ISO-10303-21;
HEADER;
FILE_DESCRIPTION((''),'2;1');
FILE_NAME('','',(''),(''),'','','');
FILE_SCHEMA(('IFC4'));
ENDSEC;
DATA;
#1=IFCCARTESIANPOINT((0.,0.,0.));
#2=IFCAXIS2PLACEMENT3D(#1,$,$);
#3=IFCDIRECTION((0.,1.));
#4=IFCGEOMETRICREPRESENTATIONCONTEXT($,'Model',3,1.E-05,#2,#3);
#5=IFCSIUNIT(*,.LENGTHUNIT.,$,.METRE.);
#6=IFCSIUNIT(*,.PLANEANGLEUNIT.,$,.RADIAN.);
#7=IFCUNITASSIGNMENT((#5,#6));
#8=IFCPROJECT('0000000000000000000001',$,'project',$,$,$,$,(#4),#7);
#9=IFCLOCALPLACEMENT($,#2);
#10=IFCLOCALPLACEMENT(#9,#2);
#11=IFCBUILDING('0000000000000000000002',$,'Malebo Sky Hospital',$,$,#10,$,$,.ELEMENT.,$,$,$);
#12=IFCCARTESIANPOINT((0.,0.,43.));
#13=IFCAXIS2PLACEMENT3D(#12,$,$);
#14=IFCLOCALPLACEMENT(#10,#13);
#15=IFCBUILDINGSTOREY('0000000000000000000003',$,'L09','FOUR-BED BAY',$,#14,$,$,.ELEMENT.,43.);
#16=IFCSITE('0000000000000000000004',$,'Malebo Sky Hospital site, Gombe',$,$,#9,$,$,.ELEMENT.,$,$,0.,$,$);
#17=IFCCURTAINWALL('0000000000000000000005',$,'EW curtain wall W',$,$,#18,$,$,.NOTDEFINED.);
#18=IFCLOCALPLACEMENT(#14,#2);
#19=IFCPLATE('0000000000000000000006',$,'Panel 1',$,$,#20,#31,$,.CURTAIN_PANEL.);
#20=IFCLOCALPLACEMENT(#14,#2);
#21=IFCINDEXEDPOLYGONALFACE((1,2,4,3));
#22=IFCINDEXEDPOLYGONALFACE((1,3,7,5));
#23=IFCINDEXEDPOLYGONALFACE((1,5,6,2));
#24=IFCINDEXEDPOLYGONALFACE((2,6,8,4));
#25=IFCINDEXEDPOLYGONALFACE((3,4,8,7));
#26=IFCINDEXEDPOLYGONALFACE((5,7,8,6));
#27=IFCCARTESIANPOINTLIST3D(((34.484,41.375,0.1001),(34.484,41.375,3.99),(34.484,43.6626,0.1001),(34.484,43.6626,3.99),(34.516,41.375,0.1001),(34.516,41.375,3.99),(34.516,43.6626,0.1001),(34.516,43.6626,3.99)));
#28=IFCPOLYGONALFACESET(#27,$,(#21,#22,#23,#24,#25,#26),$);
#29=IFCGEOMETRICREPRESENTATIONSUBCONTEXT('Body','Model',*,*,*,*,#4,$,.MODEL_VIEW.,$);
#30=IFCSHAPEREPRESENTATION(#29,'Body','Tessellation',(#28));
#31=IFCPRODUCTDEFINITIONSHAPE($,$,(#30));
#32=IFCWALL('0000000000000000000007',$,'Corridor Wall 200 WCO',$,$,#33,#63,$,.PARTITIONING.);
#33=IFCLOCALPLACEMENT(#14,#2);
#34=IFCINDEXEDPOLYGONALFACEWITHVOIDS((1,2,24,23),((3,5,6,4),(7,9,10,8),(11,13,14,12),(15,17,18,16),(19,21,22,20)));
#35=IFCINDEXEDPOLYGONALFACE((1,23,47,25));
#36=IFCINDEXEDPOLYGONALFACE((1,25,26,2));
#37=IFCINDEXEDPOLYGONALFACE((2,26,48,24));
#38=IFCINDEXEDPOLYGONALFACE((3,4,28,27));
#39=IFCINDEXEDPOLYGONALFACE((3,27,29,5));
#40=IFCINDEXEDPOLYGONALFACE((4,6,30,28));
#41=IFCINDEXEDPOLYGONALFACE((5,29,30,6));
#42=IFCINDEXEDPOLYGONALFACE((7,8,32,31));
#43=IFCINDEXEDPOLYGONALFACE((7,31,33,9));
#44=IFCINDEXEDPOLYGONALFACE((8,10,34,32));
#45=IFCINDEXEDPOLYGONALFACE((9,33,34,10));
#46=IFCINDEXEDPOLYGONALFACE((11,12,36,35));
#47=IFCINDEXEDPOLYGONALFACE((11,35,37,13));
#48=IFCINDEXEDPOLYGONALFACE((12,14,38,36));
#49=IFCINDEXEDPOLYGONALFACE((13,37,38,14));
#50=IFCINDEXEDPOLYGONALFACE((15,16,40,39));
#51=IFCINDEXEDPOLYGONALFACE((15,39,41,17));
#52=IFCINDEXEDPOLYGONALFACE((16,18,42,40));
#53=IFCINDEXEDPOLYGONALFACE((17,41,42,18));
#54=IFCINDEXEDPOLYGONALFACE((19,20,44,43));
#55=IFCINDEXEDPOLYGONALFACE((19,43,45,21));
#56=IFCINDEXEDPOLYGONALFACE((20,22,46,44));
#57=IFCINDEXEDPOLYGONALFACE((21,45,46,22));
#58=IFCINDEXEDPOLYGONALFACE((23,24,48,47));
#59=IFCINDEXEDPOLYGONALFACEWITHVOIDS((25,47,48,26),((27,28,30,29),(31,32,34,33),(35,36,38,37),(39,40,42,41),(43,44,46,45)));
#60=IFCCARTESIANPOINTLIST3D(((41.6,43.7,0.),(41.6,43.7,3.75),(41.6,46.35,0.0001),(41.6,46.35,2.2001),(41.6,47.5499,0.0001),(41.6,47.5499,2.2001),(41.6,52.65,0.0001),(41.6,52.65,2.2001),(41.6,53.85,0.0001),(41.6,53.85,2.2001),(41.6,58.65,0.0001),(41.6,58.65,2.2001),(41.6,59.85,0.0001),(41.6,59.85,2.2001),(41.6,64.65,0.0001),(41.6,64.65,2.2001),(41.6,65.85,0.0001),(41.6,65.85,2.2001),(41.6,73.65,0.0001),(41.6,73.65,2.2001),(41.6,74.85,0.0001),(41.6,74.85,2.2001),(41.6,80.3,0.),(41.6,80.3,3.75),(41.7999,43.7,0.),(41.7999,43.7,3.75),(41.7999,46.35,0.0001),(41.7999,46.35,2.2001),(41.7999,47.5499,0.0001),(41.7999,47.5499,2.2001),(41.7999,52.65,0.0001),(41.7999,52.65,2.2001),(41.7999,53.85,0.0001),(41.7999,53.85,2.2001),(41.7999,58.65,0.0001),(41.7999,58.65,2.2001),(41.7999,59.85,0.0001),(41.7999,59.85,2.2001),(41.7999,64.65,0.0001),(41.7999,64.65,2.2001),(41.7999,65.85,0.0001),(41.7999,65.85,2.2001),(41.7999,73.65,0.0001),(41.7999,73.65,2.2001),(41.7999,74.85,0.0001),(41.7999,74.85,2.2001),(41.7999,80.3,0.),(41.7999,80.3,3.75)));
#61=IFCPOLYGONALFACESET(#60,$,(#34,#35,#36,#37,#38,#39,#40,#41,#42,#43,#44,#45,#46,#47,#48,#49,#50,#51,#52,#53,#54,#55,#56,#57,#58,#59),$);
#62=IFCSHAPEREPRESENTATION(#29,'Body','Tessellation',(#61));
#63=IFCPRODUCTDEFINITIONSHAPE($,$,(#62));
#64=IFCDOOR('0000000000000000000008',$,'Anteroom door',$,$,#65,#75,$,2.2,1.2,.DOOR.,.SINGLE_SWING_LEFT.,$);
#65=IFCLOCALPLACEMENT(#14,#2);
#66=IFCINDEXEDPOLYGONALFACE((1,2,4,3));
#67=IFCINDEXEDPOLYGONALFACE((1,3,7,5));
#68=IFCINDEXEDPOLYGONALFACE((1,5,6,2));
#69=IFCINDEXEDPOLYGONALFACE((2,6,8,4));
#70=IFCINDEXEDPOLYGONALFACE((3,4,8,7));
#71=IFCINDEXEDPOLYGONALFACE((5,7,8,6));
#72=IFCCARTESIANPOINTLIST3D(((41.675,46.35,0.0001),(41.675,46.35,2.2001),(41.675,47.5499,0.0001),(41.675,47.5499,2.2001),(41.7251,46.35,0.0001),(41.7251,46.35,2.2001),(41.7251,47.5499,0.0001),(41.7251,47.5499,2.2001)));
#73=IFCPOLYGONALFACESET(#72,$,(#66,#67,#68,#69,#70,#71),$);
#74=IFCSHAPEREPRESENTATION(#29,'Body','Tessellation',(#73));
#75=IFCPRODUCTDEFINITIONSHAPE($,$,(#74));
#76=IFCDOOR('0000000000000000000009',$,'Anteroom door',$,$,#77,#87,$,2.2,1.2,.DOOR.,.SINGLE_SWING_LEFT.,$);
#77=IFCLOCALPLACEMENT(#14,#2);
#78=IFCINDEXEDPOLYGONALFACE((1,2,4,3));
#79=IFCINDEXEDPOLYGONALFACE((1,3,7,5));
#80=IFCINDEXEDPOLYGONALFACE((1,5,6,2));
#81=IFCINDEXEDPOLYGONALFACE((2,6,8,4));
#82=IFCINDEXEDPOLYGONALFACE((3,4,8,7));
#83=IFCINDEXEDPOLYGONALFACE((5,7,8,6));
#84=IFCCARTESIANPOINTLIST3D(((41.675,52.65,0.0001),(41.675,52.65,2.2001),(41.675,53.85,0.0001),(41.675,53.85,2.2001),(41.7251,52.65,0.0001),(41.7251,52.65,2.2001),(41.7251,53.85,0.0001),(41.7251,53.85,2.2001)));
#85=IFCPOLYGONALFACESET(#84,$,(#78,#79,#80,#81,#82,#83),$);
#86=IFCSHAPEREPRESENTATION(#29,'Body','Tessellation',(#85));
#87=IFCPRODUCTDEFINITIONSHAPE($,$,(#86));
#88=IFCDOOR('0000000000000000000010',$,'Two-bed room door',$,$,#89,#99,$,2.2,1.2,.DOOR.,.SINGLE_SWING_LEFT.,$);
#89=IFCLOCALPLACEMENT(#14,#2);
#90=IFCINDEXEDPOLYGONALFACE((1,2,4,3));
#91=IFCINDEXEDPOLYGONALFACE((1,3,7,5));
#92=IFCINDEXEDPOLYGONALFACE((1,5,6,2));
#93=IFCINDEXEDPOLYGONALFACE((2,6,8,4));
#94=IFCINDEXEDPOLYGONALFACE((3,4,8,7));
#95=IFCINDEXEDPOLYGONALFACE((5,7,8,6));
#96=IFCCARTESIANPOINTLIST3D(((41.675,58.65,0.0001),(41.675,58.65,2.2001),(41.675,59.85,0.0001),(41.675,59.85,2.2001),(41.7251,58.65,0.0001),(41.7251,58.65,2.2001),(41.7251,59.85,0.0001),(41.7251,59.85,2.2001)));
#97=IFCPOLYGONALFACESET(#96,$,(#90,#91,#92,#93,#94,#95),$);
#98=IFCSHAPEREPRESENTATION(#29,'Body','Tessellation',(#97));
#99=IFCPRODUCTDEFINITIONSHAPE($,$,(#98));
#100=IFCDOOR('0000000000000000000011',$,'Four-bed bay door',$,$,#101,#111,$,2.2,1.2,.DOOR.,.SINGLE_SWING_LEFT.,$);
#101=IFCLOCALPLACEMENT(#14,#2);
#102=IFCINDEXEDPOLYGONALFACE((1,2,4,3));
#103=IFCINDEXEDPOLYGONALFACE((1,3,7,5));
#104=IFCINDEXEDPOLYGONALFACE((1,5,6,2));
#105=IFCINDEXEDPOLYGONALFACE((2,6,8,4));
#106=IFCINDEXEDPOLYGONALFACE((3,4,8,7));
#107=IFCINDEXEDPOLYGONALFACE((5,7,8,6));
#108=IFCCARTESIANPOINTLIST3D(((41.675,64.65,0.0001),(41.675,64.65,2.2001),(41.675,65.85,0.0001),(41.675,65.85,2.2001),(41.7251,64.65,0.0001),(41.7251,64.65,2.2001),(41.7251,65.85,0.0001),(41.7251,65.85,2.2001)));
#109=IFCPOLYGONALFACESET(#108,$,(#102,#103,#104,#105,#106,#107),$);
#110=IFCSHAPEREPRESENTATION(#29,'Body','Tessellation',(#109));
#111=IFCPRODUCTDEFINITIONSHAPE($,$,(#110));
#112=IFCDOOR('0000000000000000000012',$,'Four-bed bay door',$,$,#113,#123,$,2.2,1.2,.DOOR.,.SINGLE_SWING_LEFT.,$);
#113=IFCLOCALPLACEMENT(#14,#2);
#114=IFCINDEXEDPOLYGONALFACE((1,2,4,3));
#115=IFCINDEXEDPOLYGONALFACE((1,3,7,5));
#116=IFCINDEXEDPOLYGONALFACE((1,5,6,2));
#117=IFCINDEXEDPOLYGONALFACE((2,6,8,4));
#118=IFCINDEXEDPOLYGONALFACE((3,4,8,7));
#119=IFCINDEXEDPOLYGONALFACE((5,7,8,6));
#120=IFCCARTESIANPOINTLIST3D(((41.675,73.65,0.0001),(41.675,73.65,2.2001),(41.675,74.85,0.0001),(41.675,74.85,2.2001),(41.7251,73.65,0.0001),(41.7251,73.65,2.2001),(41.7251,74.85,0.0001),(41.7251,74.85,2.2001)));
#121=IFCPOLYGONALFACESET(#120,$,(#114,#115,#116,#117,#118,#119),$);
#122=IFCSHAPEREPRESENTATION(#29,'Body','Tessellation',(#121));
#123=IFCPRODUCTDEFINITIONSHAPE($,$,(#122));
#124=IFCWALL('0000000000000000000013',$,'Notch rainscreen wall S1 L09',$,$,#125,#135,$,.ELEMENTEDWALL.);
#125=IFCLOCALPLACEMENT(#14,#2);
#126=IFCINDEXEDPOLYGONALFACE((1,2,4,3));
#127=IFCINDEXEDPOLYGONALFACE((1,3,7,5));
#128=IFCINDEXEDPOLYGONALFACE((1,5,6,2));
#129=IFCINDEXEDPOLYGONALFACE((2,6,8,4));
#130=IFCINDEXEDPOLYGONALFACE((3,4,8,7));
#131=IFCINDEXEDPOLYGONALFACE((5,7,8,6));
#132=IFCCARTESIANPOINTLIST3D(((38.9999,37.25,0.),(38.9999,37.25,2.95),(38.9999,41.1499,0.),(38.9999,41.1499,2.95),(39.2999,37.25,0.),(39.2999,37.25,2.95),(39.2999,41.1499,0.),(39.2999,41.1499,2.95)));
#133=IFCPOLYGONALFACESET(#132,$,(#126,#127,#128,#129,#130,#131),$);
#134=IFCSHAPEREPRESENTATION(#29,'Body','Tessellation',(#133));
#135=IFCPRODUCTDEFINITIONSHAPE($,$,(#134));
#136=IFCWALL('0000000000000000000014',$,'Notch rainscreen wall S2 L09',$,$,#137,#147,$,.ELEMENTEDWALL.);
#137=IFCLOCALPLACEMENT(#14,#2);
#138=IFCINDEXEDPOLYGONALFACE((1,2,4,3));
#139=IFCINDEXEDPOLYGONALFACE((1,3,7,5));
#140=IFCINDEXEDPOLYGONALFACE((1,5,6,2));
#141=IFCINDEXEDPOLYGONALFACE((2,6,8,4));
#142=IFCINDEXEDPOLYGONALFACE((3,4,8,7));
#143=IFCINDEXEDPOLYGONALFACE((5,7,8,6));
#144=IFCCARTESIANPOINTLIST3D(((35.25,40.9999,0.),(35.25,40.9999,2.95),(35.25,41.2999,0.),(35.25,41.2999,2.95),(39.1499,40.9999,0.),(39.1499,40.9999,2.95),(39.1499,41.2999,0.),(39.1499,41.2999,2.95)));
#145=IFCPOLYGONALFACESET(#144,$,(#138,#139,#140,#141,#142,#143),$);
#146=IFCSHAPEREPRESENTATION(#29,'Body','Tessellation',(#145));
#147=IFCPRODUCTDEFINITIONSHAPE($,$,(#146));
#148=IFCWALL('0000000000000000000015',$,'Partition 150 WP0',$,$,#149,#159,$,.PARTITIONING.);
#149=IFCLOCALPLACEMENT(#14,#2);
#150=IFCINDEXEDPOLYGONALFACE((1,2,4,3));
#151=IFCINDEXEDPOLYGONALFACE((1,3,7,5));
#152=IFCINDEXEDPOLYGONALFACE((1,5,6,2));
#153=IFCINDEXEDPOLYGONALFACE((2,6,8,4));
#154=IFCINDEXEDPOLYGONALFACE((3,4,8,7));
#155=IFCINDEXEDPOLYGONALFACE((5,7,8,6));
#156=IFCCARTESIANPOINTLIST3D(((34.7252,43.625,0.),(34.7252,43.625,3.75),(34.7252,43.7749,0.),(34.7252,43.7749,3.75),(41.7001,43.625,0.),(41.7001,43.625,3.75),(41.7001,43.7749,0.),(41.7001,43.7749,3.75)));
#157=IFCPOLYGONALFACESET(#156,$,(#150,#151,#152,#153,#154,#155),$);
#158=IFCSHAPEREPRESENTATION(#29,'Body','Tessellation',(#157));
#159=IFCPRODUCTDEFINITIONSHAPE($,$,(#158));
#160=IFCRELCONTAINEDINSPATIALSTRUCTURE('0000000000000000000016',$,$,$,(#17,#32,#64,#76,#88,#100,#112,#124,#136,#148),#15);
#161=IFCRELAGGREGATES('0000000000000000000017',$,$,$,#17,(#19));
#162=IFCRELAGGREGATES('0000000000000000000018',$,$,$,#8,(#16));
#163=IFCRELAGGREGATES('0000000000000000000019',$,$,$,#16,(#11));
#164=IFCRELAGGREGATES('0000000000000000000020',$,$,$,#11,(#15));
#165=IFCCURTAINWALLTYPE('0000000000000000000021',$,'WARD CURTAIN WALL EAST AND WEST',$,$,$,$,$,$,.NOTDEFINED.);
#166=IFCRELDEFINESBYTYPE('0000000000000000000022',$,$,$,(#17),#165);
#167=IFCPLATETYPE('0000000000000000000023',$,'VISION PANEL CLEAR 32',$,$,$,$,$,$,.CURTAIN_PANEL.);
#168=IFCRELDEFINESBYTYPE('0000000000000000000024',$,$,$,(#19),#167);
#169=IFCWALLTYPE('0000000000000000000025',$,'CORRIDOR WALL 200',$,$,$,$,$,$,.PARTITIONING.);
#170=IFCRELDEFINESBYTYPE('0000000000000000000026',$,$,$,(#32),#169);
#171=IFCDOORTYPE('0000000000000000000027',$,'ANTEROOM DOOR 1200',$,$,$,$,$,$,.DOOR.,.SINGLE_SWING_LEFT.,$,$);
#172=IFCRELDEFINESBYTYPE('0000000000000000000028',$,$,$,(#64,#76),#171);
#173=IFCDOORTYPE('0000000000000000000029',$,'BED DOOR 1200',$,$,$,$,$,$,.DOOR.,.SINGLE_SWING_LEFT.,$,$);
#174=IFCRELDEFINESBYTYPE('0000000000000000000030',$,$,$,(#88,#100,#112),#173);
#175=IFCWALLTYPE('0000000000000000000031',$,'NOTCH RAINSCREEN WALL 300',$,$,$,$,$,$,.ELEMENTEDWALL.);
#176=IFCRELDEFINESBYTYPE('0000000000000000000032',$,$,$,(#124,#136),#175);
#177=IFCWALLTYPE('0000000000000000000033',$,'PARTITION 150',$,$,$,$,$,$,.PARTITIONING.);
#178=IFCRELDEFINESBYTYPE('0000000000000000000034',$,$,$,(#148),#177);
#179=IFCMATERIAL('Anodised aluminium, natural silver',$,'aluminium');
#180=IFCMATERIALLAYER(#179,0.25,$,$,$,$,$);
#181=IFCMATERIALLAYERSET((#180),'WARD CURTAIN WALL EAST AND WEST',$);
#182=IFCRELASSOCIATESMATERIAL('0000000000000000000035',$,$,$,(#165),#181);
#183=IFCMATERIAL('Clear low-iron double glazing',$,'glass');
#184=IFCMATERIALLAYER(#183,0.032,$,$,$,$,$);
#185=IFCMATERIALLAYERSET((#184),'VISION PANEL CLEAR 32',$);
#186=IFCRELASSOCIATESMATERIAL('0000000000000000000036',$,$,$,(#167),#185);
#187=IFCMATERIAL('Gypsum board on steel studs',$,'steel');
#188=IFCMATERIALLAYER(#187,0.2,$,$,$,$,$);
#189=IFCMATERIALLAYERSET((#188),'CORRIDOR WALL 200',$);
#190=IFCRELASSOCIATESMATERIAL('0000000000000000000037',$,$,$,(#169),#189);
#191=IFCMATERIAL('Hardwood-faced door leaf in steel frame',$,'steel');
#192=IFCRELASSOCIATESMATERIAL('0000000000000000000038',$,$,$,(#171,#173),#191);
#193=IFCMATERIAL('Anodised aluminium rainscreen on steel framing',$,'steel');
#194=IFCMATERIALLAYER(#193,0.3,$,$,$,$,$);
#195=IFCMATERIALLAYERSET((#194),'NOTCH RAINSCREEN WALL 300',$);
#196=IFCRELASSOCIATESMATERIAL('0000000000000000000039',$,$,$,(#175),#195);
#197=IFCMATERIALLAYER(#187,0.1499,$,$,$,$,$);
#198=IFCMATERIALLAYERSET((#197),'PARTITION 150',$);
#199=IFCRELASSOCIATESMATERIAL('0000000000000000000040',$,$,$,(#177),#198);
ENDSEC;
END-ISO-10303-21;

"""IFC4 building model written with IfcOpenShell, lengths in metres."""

from ifc_helpers import new_model, si_unit, direction, frame, frame_2d, origin, origin_2d, place, context, subcontext, project, spatial, rectangle, extrude, material, layer, layer_set, type_object, element, fill, aggregate, save


model = new_model("IFC4")

# Units and contexts
model_context = context("Model", 3, precision=1e-05, world=origin(), true_north=direction((0.0, 1.0)))
body_context = subcontext(model_context, "Body", "Model", "MODEL_VIEW")
ifc_project = project(units=[si_unit("LENGTHUNIT", "METRE"), si_unit("PLANEANGLEUNIT", "RADIAN")], contexts=[model_context])

# Site, building, storey
site_placement = place(None, origin())
site = spatial("IfcSite", under=ifc_project, at=site_placement, Name="Malebo Sky Hospital site, Gombe", CompositionType="ELEMENT", RefElevation=0.0)
building_placement = place(site_placement, origin())
building = spatial("IfcBuilding", under=site, at=building_placement, Name="Malebo Sky Hospital", CompositionType="ELEMENT")
storey_placement = place(building_placement, frame((0.0, 0.0, 43.0)))
storey = spatial("IfcBuildingStorey", under=building, at=storey_placement, Name="L09", Description="FOUR-BED BAY", CompositionType="ELEMENT", Elevation=43.0)

# Curtain wall
ifc_material_1 = material(Name="Anodised aluminium, natural silver", Category="aluminium")
ifc_layer_1 = layer(ifc_material_1, 0.25)
ifc_layer_set_1 = layer_set([ifc_layer_1], Name="WARD CURTAIN WALL EAST AND WEST")
curtain_wall_type = type_object("IfcCurtainWallType", Name="WARD CURTAIN WALL EAST AND WEST", PredefinedType="NOTDEFINED", material=ifc_layer_set_1)
curtain_wall_placement = place(storey_placement, origin())
curtain_wall = element("IfcCurtainWall", 1, at=curtain_wall_placement, inside=storey, type_object=curtain_wall_type, Name="EW curtain wall W", PredefinedType="NOTDEFINED")

# Plate
ifc_material_2 = material(Name="Clear low-iron double glazing", Category="glass")
ifc_layer_2 = layer(ifc_material_2, 0.032)
ifc_layer_set_2 = layer_set([ifc_layer_2], Name="VISION PANEL CLEAR 32")
plate_type = type_object("IfcPlateType", Name="VISION PANEL CLEAR 32", PredefinedType="CURTAIN_PANEL", material=ifc_layer_set_2)
plate_placement = place(storey_placement, frame((34.5, 42.5188, 0.1001), z_axis=(0.0, 0.0, 1.0), x_axis=(0.0, 1.0, 0.0)))
plate = element("IfcPlate", 2, at=plate_placement, type_object=plate_type, Name="Panel 1", PredefinedType="CURTAIN_PANEL", context=body_context, shape_type="SweptSolid", body=[
    extrude(rectangle(XDim=2.2876, YDim=0.032, at=origin_2d()), origin(), (0.0, 0.0, 1.0), 3.8899),
])
aggregate(curtain_wall, [plate])

# Wall, openings, doors
ifc_material_3 = material(Name="Gypsum board on steel studs", Category="steel")
ifc_layer_3 = layer(ifc_material_3, 0.2)
ifc_layer_set_3 = layer_set([ifc_layer_3], Name="CORRIDOR WALL 200")
wall_type_1 = type_object("IfcWallType", Name="CORRIDOR WALL 200", PredefinedType="PARTITIONING", material=ifc_layer_set_3)
wall_1_placement = place(storey_placement, frame((41.7, 43.7, 0.0), z_axis=(0.0, 0.0, 1.0), x_axis=(0.0, 1.0, 0.0)))
wall_1 = element("IfcWall", 3, at=wall_1_placement, inside=storey, type_object=wall_type_1, Name="Corridor Wall 200 WCO", PredefinedType="PARTITIONING", context=body_context, shape_type="SweptSolid", body=[
    extrude(rectangle(XDim=36.6001, YDim=0.2, at=frame_2d((18.3, 0.0))), origin(), (0.0, 0.0, 1.0), 3.75),
])
opening_1_placement = place(wall_1_placement, frame((2.6499, 0.0, 0.0)))
opening_1 = element("IfcOpeningElement", 4, at=opening_1_placement, cuts=wall_1, PredefinedType="OPENING", context=body_context, shape_type="SweptSolid", body=[
    extrude(rectangle(XDim=1.2, YDim=2.2, at=frame_2d((0.6001, 1.1001))), frame((0.0, 0.1099, 0.0), z_axis=(0.0, -1.0, 0.0), x_axis=(1.0, 0.0, 0.0)), (0.0, 0.0, 1.0), 0.22),
])
opening_2_placement = place(wall_1_placement, frame((8.95, 0.0, 0.0)))
opening_2 = element("IfcOpeningElement", 5, at=opening_2_placement, cuts=wall_1, PredefinedType="OPENING", context=body_context, shape_type="SweptSolid", body=[
    extrude(rectangle(XDim=1.2, YDim=2.2, at=frame_2d((0.6001, 1.1001))), frame((0.0, 0.1099, 0.0), z_axis=(0.0, -1.0, 0.0), x_axis=(1.0, 0.0, 0.0)), (0.0, 0.0, 1.0), 0.22),
])
opening_3_placement = place(wall_1_placement, frame((14.95, 0.0, 0.0)))
opening_3 = element("IfcOpeningElement", 6, at=opening_3_placement, cuts=wall_1, PredefinedType="OPENING", context=body_context, shape_type="SweptSolid", body=[
    extrude(rectangle(XDim=1.2, YDim=2.2, at=frame_2d((0.6001, 1.1001))), frame((0.0, 0.1099, 0.0), z_axis=(0.0, -1.0, 0.0), x_axis=(1.0, 0.0, 0.0)), (0.0, 0.0, 1.0), 0.22),
])
opening_4_placement = place(wall_1_placement, frame((20.95, 0.0, 0.0)))
opening_4 = element("IfcOpeningElement", 7, at=opening_4_placement, cuts=wall_1, PredefinedType="OPENING", context=body_context, shape_type="SweptSolid", body=[
    extrude(rectangle(XDim=1.2, YDim=2.2, at=frame_2d((0.6001, 1.1001))), frame((0.0, 0.1099, 0.0), z_axis=(0.0, -1.0, 0.0), x_axis=(1.0, 0.0, 0.0)), (0.0, 0.0, 1.0), 0.22),
])
opening_5_placement = place(wall_1_placement, frame((29.95, 0.0, 0.0)))
opening_5 = element("IfcOpeningElement", 8, at=opening_5_placement, cuts=wall_1, PredefinedType="OPENING", context=body_context, shape_type="SweptSolid", body=[
    extrude(rectangle(XDim=1.2, YDim=2.2, at=frame_2d((0.6001, 1.1001))), frame((0.0, 0.1099, 0.0), z_axis=(0.0, -1.0, 0.0), x_axis=(1.0, 0.0, 0.0)), (0.0, 0.0, 1.0), 0.22),
])
ifc_material_4 = material(Name="Hardwood-faced door leaf in steel frame", Category="steel")
door_type_1 = type_object("IfcDoorType", Name="ANTEROOM DOOR 1200", OperationType="SINGLE_SWING_LEFT", PredefinedType="DOOR", material=ifc_material_4)
door_1_placement = place(opening_1_placement, origin())
door_1 = element("IfcDoor", 9, at=door_1_placement, inside=storey, type_object=door_type_1, Name="Anteroom door", OperationType="SINGLE_SWING_LEFT", OverallHeight=2.2, OverallWidth=1.2, PredefinedType="DOOR", context=body_context, shape_type="SweptSolid", body=[
    extrude(rectangle(XDim=1.2, YDim=2.2, at=frame_2d((0.6001, 1.1001))), frame((0.0, 0.0249, 0.0), z_axis=(0.0, -1.0, 0.0), x_axis=(1.0, 0.0, 0.0)), (0.0, 0.0, 1.0), 0.05),
])
fill(opening_1, door_1)
door_2_placement = place(opening_2_placement, origin())
door_2 = element("IfcDoor", 10, at=door_2_placement, inside=storey, type_object=door_type_1, Name="Anteroom door", OperationType="SINGLE_SWING_LEFT", OverallHeight=2.2, OverallWidth=1.2, PredefinedType="DOOR", context=body_context, shape_type="SweptSolid", body=[
    extrude(rectangle(XDim=1.2, YDim=2.2, at=frame_2d((0.6001, 1.1001))), frame((0.0, 0.0249, 0.0), z_axis=(0.0, -1.0, 0.0), x_axis=(1.0, 0.0, 0.0)), (0.0, 0.0, 1.0), 0.05),
])
fill(opening_2, door_2)
door_type_2 = type_object("IfcDoorType", Name="BED DOOR 1200", OperationType="SINGLE_SWING_LEFT", PredefinedType="DOOR", material=ifc_material_4)
door_3_placement = place(opening_3_placement, origin())
door_3 = element("IfcDoor", 11, at=door_3_placement, inside=storey, type_object=door_type_2, Name="Two-bed room door", OperationType="SINGLE_SWING_LEFT", OverallHeight=2.2, OverallWidth=1.2, PredefinedType="DOOR", context=body_context, shape_type="SweptSolid", body=[
    extrude(rectangle(XDim=1.2, YDim=2.2, at=frame_2d((0.6001, 1.1001))), frame((0.0, 0.0249, 0.0), z_axis=(0.0, -1.0, 0.0), x_axis=(1.0, 0.0, 0.0)), (0.0, 0.0, 1.0), 0.05),
])
fill(opening_3, door_3)
door_4_placement = place(opening_4_placement, origin())
door_4 = element("IfcDoor", 12, at=door_4_placement, inside=storey, type_object=door_type_2, Name="Four-bed bay door", OperationType="SINGLE_SWING_LEFT", OverallHeight=2.2, OverallWidth=1.2, PredefinedType="DOOR", context=body_context, shape_type="SweptSolid", body=[
    extrude(rectangle(XDim=1.2, YDim=2.2, at=frame_2d((0.6001, 1.1001))), frame((0.0, 0.0249, 0.0), z_axis=(0.0, -1.0, 0.0), x_axis=(1.0, 0.0, 0.0)), (0.0, 0.0, 1.0), 0.05),
])
fill(opening_4, door_4)
door_5_placement = place(opening_5_placement, origin())
door_5 = element("IfcDoor", 13, at=door_5_placement, inside=storey, type_object=door_type_2, Name="Four-bed bay door", OperationType="SINGLE_SWING_LEFT", OverallHeight=2.2, OverallWidth=1.2, PredefinedType="DOOR", context=body_context, shape_type="SweptSolid", body=[
    extrude(rectangle(XDim=1.2, YDim=2.2, at=frame_2d((0.6001, 1.1001))), frame((0.0, 0.0249, 0.0), z_axis=(0.0, -1.0, 0.0), x_axis=(1.0, 0.0, 0.0)), (0.0, 0.0, 1.0), 0.05),
])
fill(opening_5, door_5)

# Walls
ifc_material_5 = material(Name="Anodised aluminium rainscreen on steel framing", Category="steel")
ifc_layer_4 = layer(ifc_material_5, 0.3)
ifc_layer_set_4 = layer_set([ifc_layer_4], Name="NOTCH RAINSCREEN WALL 300")
wall_type_2 = type_object("IfcWallType", Name="NOTCH RAINSCREEN WALL 300", PredefinedType="ELEMENTEDWALL", material=ifc_layer_set_4)
for number, where, z_axis, x_axis, name in (
    (14, (39.1499, 37.25, 0.0), (0.0, 0.0, 1.0), (0.0, 1.0, 0.0), "Notch rainscreen wall S1 L09"),
    (15, (39.1499, 41.1499, 0.0), (0.0, 0.0, 1.0), (-1.0, 0.0, 0.0), "Notch rainscreen wall S2 L09"),
):
    element("IfcWall", number, at=place(storey_placement, frame(where, z_axis=z_axis, x_axis=x_axis)), inside=storey, type_object=wall_type_2, Name=name, PredefinedType="ELEMENTEDWALL", context=body_context, shape_type="SweptSolid", body=[
        extrude(rectangle(XDim=3.8999, YDim=0.3, at=frame_2d((1.95, 0.0))), origin(), (0.0, 0.0, 1.0), 2.95),
    ])
ifc_layer_5 = layer(ifc_material_3, 0.1499)
ifc_layer_set_5 = layer_set([ifc_layer_5], Name="PARTITION 150")
wall_type_3 = type_object("IfcWallType", Name="PARTITION 150", PredefinedType="PARTITIONING", material=ifc_layer_set_5)
wall_2_placement = place(storey_placement, frame((41.7, 43.7, 0.0), z_axis=(0.0, 0.0, 1.0), x_axis=(-1.0, 0.0, 0.0)))
element("IfcWall", 16, at=wall_2_placement, inside=storey, type_object=wall_type_3, Name="Partition 150 WP0", PredefinedType="PARTITIONING", context=body_context, shape_type="SweptSolid", body=[
    extrude(rectangle(XDim=6.9749, YDim=0.1499, at=frame_2d((3.4873, 0.0))), origin(), (0.0, 0.0, 1.0), 3.75),
])

save(model, "model.ifc")
